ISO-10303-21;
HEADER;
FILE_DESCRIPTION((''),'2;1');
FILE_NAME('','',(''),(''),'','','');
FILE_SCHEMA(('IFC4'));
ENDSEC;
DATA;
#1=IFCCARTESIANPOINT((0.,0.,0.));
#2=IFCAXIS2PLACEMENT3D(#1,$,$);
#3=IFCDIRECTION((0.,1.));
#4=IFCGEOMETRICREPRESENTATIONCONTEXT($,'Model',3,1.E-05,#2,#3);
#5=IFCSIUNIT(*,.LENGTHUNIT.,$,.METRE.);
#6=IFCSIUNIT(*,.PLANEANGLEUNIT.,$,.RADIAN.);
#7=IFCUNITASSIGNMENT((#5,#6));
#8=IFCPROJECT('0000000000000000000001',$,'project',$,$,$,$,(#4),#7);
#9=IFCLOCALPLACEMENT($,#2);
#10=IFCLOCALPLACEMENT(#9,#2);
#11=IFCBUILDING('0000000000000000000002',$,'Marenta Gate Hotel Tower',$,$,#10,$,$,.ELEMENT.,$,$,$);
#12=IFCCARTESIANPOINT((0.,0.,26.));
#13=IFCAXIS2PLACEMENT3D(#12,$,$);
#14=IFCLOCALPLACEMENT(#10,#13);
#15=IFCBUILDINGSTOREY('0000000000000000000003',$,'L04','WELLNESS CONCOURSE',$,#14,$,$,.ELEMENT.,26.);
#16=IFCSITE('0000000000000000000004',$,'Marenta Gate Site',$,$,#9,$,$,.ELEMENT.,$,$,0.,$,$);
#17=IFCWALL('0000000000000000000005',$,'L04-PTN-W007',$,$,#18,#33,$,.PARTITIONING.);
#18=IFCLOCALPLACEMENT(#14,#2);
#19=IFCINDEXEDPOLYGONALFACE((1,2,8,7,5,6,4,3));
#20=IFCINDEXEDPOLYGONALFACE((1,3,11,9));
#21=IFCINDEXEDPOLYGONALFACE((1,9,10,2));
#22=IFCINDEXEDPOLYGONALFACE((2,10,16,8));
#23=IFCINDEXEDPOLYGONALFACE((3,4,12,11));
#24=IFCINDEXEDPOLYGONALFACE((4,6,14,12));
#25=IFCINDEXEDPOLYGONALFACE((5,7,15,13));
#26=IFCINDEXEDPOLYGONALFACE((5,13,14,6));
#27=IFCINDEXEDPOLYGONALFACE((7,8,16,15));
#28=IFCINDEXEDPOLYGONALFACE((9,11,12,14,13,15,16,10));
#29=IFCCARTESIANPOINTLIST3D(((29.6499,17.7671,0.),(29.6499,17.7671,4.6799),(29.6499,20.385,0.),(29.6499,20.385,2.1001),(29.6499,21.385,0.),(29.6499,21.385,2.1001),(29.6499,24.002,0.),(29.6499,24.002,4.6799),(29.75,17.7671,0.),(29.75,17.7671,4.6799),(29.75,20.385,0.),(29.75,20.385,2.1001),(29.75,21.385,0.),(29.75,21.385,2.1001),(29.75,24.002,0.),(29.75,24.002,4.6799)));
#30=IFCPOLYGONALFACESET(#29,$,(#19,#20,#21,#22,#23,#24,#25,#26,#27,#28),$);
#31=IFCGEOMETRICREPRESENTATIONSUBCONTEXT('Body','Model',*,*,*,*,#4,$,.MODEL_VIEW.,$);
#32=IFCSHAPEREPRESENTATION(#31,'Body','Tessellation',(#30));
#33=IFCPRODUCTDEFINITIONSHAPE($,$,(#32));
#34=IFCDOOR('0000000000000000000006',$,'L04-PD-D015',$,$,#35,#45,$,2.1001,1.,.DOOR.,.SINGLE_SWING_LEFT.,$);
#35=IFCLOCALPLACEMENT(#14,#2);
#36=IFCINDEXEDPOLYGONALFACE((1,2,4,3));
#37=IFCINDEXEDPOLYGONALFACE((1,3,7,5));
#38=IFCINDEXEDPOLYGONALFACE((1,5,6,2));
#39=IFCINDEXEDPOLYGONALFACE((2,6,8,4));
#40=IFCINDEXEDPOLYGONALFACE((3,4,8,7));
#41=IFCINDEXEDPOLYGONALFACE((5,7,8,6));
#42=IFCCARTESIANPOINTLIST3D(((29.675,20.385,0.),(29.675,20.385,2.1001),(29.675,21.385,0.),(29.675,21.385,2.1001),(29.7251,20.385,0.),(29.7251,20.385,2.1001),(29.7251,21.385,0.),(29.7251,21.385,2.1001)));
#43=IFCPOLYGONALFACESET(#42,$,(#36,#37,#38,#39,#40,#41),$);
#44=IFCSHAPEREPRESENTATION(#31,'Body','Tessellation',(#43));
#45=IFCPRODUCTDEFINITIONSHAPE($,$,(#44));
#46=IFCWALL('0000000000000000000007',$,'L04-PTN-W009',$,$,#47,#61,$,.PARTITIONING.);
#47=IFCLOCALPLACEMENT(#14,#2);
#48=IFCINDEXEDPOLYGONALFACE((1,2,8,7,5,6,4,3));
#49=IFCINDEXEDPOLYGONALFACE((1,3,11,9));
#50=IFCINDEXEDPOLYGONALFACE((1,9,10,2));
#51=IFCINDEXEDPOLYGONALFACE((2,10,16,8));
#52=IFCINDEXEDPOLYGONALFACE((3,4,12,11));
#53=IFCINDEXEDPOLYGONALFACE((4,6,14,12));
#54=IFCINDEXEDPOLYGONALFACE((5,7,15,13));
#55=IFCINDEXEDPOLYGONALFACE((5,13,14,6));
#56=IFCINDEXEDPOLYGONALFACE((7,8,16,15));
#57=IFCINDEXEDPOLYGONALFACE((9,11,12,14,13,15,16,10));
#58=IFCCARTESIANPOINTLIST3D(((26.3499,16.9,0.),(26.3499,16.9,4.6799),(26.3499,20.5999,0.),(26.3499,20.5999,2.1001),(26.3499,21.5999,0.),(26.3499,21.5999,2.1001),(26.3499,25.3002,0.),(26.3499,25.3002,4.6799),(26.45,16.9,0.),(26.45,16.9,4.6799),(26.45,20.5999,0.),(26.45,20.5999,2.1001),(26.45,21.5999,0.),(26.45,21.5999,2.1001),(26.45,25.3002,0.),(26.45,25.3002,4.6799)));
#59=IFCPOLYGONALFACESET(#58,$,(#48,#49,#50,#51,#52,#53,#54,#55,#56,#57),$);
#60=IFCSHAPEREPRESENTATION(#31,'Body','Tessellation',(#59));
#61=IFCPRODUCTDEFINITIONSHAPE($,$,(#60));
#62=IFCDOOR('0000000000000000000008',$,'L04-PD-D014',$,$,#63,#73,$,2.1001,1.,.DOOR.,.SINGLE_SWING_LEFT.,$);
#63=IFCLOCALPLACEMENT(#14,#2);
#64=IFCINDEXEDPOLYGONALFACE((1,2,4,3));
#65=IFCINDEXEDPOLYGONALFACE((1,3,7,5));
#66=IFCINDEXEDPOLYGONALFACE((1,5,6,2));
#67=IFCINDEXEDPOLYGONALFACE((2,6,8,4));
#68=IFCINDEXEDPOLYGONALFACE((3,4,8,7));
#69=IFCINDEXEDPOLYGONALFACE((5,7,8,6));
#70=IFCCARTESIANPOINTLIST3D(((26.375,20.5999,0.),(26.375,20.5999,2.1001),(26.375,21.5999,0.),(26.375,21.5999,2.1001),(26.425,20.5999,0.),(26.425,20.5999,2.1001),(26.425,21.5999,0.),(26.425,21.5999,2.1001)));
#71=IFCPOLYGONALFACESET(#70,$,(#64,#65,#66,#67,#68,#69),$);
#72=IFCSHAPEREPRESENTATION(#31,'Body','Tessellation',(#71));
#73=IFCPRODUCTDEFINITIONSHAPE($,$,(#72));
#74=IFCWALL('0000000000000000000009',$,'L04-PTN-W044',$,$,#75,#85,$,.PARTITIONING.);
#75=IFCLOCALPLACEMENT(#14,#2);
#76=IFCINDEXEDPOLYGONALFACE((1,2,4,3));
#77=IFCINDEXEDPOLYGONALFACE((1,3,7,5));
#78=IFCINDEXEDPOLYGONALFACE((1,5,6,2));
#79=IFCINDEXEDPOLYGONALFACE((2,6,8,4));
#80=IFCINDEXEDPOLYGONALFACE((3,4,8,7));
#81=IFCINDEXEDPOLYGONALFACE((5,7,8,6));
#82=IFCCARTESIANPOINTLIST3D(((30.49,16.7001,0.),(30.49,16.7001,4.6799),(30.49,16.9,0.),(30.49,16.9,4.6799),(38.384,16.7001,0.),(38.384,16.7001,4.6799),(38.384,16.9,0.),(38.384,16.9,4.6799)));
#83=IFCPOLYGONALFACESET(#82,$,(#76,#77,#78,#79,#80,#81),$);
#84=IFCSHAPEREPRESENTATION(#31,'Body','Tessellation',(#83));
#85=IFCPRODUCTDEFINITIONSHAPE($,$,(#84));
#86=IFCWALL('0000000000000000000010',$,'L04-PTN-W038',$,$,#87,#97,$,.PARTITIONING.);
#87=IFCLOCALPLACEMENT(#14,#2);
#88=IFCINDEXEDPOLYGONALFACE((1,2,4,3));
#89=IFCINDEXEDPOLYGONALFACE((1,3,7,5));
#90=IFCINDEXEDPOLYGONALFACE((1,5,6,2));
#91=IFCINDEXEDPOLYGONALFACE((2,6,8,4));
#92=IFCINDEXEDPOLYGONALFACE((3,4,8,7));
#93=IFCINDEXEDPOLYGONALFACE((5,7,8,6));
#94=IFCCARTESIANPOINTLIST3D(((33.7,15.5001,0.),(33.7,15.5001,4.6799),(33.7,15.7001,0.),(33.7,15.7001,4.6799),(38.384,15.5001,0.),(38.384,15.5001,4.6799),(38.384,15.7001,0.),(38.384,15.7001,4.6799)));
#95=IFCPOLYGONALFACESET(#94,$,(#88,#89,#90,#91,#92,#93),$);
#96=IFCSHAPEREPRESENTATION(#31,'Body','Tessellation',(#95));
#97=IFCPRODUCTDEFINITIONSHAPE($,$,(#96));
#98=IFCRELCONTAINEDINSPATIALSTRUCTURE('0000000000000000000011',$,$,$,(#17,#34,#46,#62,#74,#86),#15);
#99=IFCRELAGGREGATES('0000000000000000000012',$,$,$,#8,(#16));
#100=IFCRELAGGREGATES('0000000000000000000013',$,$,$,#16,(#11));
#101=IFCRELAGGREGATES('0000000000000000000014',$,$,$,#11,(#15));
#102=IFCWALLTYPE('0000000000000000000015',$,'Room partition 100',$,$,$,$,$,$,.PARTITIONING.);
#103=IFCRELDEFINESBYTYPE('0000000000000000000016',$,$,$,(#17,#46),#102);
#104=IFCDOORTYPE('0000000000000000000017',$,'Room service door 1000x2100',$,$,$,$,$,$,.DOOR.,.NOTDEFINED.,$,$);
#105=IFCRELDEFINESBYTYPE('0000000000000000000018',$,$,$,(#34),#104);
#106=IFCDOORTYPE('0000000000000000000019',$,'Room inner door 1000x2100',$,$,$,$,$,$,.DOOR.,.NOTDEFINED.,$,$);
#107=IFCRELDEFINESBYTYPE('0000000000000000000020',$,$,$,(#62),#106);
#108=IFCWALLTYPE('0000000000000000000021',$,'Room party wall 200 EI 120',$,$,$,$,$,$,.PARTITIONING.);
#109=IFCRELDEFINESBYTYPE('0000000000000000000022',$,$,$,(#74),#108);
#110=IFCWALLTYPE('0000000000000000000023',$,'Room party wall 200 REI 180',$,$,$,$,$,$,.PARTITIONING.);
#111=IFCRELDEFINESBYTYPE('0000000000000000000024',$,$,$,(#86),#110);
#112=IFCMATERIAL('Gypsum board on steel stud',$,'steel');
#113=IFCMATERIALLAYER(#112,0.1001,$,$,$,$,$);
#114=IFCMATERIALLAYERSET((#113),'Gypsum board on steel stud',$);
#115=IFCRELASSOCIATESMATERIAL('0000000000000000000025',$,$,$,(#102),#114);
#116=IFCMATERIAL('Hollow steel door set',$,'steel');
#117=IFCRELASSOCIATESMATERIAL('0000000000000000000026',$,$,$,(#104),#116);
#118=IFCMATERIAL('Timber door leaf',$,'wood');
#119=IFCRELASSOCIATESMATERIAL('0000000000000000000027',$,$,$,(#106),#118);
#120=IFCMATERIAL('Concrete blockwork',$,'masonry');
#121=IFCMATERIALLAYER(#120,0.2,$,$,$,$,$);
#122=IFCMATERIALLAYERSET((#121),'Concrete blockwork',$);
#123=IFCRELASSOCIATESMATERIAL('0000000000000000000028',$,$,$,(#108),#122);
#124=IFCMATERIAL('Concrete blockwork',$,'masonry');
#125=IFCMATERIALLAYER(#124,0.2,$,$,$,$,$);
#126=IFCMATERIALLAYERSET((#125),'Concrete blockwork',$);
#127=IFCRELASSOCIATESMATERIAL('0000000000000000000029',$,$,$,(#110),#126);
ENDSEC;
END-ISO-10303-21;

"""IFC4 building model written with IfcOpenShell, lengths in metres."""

from ifc_helpers import new_model, si_unit, direction, frame, frame_2d, origin, place, context, subcontext, project, spatial, rectangle, extrude, material, layer, layer_set, type_object, element, fill, save


model = new_model("IFC4")

# Units and contexts
model_context = context("Model", 3, precision=1e-05, world=origin(), true_north=direction((0.0, 1.0)))
body_context = subcontext(model_context, "Body", "Model", "MODEL_VIEW")
ifc_project = project(units=[si_unit("LENGTHUNIT", "METRE"), si_unit("PLANEANGLEUNIT", "RADIAN")], contexts=[model_context])

# Site, building, storey
site_placement = place(None, origin())
site = spatial("IfcSite", under=ifc_project, at=site_placement, Name="Marenta Gate Site", CompositionType="ELEMENT", RefElevation=0.0)
building_placement = place(site_placement, origin())
building = spatial("IfcBuilding", under=site, at=building_placement, Name="Marenta Gate Hotel Tower", CompositionType="ELEMENT")
storey_placement = place(building_placement, frame((0.0, 0.0, 26.0)))
storey = spatial("IfcBuildingStorey", under=building, at=storey_placement, Name="L04", Description="WELLNESS CONCOURSE", CompositionType="ELEMENT", Elevation=26.0)

# Walls, openings, doors
ifc_material_1 = material(Name="Gypsum board on steel stud", Category="steel")
ifc_layer_1 = layer(ifc_material_1, 0.1001)
ifc_layer_set_1 = layer_set([ifc_layer_1], Name="Gypsum board on steel stud")
wall_type_1 = type_object("IfcWallType", Name="Room partition 100", PredefinedType="PARTITIONING", material=ifc_layer_set_1)
wall_1_placement = place(storey_placement, frame((29.7, 17.7671, 0.0), z_axis=(0.0, 0.0, 1.0), x_axis=(0.0, 1.0, 0.0)))
wall_1 = element("IfcWall", 1, at=wall_1_placement, inside=storey, type_object=wall_type_1, Name="L04-PTN-W007", PredefinedType="PARTITIONING", context=body_context, shape_type="SweptSolid", body=[
    extrude(rectangle(XDim=6.2349, YDim=0.1001, at=frame_2d((3.1174, 0.0))), origin(), (0.0, 0.0, 1.0), 4.6799),
])
opening_1_placement = place(wall_1_placement, frame((2.6179, 0.0, 0.0)))
opening_1 = element("IfcOpeningElement", 2, at=opening_1_placement, cuts=wall_1, PredefinedType="OPENING", context=body_context, shape_type="SweptSolid", body=[
    extrude(rectangle(XDim=1.0, YDim=2.1001, at=frame_2d((0.5, 1.05))), frame((0.0, 0.05, 0.0), z_axis=(0.0, -1.0, 0.0), x_axis=(1.0, 0.0, 0.0)), (0.0, 0.0, 1.0), 0.1001),
])
ifc_material_2 = material(Name="Hollow steel door set", Category="steel")
door_type_1 = type_object("IfcDoorType", Name="Room service door 1000x2100", OperationType="NOTDEFINED", PredefinedType="DOOR", material=ifc_material_2)
door_1_placement = place(opening_1_placement, origin())
door_1 = element("IfcDoor", 3, at=door_1_placement, inside=storey, type_object=door_type_1, Name="L04-PD-D015", OperationType="SINGLE_SWING_LEFT", OverallHeight=2.1001, OverallWidth=1.0, PredefinedType="DOOR", context=body_context, shape_type="SweptSolid", body=[
    extrude(rectangle(XDim=1.0, YDim=2.1001, at=frame_2d((0.5, 1.05))), frame((0.0, 0.0249, 0.0), z_axis=(0.0, -1.0, 0.0), x_axis=(1.0, 0.0, 0.0)), (0.0, 0.0, 1.0), 0.05),
])
fill(opening_1, door_1)
wall_2_placement = place(storey_placement, frame((26.3999, 16.8999, 0.0), z_axis=(0.0, 0.0, 1.0), x_axis=(0.0, 1.0, 0.0)))
wall_2 = element("IfcWall", 4, at=wall_2_placement, inside=storey, type_object=wall_type_1, Name="L04-PTN-W009", PredefinedType="PARTITIONING", context=body_context, shape_type="SweptSolid", body=[
    extrude(rectangle(XDim=8.4001, YDim=0.1001, at=frame_2d((4.2002, 0.0))), origin(), (0.0, 0.0, 1.0), 4.6799),
])
opening_2_placement = place(wall_2_placement, frame((3.7, 0.0, 0.0)))
opening_2 = element("IfcOpeningElement", 5, at=opening_2_placement, cuts=wall_2, PredefinedType="OPENING", context=body_context, shape_type="SweptSolid", body=[
    extrude(rectangle(XDim=1.0, YDim=2.1001, at=frame_2d((0.5, 1.05))), frame((0.0, 0.05, 0.0), z_axis=(0.0, -1.0, 0.0), x_axis=(1.0, 0.0, 0.0)), (0.0, 0.0, 1.0), 0.1001),
])
ifc_material_3 = material(Name="Timber door leaf", Category="wood")
door_type_2 = type_object("IfcDoorType", Name="Room inner door 1000x2100", OperationType="NOTDEFINED", PredefinedType="DOOR", material=ifc_material_3)
door_2_placement = place(opening_2_placement, origin())
door_2 = element("IfcDoor", 6, at=door_2_placement, inside=storey, type_object=door_type_2, Name="L04-PD-D014", OperationType="SINGLE_SWING_LEFT", OverallHeight=2.1001, OverallWidth=1.0, PredefinedType="DOOR", context=body_context, shape_type="SweptSolid", body=[
    extrude(rectangle(XDim=1.0, YDim=2.1001, at=frame_2d((0.5, 1.05))), frame((0.0, 0.0249, 0.0), z_axis=(0.0, -1.0, 0.0), x_axis=(1.0, 0.0, 0.0)), (0.0, 0.0, 1.0), 0.05),
])
fill(opening_2, door_2)

# Walls
ifc_material_4 = material(Name="Concrete blockwork", Category="masonry")
ifc_layer_2 = layer(ifc_material_4, 0.2)
ifc_layer_set_2 = layer_set([ifc_layer_2], Name="Concrete blockwork")
wall_type_2 = type_object("IfcWallType", Name="Room party wall 200 EI 120", PredefinedType="PARTITIONING", material=ifc_layer_set_2)
wall_3_placement = place(storey_placement, frame((30.49, 16.8, 0.0), z_axis=(0.0, 0.0, 1.0), x_axis=(1.0, 0.0, 0.0)))
element("IfcWall", 7, at=wall_3_placement, inside=storey, type_object=wall_type_2, Name="L04-PTN-W044", PredefinedType="PARTITIONING", context=body_context, shape_type="SweptSolid", body=[
    extrude(rectangle(XDim=7.894, YDim=0.2, at=frame_2d((3.947, 0.0))), origin(), (0.0, 0.0, 1.0), 4.6799),
])
ifc_material_5 = material(Name="Concrete blockwork", Category="masonry")
ifc_layer_3 = layer(ifc_material_5, 0.2)
ifc_layer_set_3 = layer_set([ifc_layer_3], Name="Concrete blockwork")
wall_type_3 = type_object("IfcWallType", Name="Room party wall 200 REI 180", PredefinedType="PARTITIONING", material=ifc_layer_set_3)
wall_4_placement = place(storey_placement, frame((33.7, 15.6001, 0.0), z_axis=(0.0, 0.0, 1.0), x_axis=(1.0, 0.0, 0.0)))
element("IfcWall", 8, at=wall_4_placement, inside=storey, type_object=wall_type_3, Name="L04-PTN-W038", PredefinedType="PARTITIONING", context=body_context, shape_type="SweptSolid", body=[
    extrude(rectangle(XDim=4.6841, YDim=0.2, at=frame_2d((2.342, 0.0))), origin(), (0.0, 0.0, 1.0), 4.6799),
])

save(model, "model.ifc")
